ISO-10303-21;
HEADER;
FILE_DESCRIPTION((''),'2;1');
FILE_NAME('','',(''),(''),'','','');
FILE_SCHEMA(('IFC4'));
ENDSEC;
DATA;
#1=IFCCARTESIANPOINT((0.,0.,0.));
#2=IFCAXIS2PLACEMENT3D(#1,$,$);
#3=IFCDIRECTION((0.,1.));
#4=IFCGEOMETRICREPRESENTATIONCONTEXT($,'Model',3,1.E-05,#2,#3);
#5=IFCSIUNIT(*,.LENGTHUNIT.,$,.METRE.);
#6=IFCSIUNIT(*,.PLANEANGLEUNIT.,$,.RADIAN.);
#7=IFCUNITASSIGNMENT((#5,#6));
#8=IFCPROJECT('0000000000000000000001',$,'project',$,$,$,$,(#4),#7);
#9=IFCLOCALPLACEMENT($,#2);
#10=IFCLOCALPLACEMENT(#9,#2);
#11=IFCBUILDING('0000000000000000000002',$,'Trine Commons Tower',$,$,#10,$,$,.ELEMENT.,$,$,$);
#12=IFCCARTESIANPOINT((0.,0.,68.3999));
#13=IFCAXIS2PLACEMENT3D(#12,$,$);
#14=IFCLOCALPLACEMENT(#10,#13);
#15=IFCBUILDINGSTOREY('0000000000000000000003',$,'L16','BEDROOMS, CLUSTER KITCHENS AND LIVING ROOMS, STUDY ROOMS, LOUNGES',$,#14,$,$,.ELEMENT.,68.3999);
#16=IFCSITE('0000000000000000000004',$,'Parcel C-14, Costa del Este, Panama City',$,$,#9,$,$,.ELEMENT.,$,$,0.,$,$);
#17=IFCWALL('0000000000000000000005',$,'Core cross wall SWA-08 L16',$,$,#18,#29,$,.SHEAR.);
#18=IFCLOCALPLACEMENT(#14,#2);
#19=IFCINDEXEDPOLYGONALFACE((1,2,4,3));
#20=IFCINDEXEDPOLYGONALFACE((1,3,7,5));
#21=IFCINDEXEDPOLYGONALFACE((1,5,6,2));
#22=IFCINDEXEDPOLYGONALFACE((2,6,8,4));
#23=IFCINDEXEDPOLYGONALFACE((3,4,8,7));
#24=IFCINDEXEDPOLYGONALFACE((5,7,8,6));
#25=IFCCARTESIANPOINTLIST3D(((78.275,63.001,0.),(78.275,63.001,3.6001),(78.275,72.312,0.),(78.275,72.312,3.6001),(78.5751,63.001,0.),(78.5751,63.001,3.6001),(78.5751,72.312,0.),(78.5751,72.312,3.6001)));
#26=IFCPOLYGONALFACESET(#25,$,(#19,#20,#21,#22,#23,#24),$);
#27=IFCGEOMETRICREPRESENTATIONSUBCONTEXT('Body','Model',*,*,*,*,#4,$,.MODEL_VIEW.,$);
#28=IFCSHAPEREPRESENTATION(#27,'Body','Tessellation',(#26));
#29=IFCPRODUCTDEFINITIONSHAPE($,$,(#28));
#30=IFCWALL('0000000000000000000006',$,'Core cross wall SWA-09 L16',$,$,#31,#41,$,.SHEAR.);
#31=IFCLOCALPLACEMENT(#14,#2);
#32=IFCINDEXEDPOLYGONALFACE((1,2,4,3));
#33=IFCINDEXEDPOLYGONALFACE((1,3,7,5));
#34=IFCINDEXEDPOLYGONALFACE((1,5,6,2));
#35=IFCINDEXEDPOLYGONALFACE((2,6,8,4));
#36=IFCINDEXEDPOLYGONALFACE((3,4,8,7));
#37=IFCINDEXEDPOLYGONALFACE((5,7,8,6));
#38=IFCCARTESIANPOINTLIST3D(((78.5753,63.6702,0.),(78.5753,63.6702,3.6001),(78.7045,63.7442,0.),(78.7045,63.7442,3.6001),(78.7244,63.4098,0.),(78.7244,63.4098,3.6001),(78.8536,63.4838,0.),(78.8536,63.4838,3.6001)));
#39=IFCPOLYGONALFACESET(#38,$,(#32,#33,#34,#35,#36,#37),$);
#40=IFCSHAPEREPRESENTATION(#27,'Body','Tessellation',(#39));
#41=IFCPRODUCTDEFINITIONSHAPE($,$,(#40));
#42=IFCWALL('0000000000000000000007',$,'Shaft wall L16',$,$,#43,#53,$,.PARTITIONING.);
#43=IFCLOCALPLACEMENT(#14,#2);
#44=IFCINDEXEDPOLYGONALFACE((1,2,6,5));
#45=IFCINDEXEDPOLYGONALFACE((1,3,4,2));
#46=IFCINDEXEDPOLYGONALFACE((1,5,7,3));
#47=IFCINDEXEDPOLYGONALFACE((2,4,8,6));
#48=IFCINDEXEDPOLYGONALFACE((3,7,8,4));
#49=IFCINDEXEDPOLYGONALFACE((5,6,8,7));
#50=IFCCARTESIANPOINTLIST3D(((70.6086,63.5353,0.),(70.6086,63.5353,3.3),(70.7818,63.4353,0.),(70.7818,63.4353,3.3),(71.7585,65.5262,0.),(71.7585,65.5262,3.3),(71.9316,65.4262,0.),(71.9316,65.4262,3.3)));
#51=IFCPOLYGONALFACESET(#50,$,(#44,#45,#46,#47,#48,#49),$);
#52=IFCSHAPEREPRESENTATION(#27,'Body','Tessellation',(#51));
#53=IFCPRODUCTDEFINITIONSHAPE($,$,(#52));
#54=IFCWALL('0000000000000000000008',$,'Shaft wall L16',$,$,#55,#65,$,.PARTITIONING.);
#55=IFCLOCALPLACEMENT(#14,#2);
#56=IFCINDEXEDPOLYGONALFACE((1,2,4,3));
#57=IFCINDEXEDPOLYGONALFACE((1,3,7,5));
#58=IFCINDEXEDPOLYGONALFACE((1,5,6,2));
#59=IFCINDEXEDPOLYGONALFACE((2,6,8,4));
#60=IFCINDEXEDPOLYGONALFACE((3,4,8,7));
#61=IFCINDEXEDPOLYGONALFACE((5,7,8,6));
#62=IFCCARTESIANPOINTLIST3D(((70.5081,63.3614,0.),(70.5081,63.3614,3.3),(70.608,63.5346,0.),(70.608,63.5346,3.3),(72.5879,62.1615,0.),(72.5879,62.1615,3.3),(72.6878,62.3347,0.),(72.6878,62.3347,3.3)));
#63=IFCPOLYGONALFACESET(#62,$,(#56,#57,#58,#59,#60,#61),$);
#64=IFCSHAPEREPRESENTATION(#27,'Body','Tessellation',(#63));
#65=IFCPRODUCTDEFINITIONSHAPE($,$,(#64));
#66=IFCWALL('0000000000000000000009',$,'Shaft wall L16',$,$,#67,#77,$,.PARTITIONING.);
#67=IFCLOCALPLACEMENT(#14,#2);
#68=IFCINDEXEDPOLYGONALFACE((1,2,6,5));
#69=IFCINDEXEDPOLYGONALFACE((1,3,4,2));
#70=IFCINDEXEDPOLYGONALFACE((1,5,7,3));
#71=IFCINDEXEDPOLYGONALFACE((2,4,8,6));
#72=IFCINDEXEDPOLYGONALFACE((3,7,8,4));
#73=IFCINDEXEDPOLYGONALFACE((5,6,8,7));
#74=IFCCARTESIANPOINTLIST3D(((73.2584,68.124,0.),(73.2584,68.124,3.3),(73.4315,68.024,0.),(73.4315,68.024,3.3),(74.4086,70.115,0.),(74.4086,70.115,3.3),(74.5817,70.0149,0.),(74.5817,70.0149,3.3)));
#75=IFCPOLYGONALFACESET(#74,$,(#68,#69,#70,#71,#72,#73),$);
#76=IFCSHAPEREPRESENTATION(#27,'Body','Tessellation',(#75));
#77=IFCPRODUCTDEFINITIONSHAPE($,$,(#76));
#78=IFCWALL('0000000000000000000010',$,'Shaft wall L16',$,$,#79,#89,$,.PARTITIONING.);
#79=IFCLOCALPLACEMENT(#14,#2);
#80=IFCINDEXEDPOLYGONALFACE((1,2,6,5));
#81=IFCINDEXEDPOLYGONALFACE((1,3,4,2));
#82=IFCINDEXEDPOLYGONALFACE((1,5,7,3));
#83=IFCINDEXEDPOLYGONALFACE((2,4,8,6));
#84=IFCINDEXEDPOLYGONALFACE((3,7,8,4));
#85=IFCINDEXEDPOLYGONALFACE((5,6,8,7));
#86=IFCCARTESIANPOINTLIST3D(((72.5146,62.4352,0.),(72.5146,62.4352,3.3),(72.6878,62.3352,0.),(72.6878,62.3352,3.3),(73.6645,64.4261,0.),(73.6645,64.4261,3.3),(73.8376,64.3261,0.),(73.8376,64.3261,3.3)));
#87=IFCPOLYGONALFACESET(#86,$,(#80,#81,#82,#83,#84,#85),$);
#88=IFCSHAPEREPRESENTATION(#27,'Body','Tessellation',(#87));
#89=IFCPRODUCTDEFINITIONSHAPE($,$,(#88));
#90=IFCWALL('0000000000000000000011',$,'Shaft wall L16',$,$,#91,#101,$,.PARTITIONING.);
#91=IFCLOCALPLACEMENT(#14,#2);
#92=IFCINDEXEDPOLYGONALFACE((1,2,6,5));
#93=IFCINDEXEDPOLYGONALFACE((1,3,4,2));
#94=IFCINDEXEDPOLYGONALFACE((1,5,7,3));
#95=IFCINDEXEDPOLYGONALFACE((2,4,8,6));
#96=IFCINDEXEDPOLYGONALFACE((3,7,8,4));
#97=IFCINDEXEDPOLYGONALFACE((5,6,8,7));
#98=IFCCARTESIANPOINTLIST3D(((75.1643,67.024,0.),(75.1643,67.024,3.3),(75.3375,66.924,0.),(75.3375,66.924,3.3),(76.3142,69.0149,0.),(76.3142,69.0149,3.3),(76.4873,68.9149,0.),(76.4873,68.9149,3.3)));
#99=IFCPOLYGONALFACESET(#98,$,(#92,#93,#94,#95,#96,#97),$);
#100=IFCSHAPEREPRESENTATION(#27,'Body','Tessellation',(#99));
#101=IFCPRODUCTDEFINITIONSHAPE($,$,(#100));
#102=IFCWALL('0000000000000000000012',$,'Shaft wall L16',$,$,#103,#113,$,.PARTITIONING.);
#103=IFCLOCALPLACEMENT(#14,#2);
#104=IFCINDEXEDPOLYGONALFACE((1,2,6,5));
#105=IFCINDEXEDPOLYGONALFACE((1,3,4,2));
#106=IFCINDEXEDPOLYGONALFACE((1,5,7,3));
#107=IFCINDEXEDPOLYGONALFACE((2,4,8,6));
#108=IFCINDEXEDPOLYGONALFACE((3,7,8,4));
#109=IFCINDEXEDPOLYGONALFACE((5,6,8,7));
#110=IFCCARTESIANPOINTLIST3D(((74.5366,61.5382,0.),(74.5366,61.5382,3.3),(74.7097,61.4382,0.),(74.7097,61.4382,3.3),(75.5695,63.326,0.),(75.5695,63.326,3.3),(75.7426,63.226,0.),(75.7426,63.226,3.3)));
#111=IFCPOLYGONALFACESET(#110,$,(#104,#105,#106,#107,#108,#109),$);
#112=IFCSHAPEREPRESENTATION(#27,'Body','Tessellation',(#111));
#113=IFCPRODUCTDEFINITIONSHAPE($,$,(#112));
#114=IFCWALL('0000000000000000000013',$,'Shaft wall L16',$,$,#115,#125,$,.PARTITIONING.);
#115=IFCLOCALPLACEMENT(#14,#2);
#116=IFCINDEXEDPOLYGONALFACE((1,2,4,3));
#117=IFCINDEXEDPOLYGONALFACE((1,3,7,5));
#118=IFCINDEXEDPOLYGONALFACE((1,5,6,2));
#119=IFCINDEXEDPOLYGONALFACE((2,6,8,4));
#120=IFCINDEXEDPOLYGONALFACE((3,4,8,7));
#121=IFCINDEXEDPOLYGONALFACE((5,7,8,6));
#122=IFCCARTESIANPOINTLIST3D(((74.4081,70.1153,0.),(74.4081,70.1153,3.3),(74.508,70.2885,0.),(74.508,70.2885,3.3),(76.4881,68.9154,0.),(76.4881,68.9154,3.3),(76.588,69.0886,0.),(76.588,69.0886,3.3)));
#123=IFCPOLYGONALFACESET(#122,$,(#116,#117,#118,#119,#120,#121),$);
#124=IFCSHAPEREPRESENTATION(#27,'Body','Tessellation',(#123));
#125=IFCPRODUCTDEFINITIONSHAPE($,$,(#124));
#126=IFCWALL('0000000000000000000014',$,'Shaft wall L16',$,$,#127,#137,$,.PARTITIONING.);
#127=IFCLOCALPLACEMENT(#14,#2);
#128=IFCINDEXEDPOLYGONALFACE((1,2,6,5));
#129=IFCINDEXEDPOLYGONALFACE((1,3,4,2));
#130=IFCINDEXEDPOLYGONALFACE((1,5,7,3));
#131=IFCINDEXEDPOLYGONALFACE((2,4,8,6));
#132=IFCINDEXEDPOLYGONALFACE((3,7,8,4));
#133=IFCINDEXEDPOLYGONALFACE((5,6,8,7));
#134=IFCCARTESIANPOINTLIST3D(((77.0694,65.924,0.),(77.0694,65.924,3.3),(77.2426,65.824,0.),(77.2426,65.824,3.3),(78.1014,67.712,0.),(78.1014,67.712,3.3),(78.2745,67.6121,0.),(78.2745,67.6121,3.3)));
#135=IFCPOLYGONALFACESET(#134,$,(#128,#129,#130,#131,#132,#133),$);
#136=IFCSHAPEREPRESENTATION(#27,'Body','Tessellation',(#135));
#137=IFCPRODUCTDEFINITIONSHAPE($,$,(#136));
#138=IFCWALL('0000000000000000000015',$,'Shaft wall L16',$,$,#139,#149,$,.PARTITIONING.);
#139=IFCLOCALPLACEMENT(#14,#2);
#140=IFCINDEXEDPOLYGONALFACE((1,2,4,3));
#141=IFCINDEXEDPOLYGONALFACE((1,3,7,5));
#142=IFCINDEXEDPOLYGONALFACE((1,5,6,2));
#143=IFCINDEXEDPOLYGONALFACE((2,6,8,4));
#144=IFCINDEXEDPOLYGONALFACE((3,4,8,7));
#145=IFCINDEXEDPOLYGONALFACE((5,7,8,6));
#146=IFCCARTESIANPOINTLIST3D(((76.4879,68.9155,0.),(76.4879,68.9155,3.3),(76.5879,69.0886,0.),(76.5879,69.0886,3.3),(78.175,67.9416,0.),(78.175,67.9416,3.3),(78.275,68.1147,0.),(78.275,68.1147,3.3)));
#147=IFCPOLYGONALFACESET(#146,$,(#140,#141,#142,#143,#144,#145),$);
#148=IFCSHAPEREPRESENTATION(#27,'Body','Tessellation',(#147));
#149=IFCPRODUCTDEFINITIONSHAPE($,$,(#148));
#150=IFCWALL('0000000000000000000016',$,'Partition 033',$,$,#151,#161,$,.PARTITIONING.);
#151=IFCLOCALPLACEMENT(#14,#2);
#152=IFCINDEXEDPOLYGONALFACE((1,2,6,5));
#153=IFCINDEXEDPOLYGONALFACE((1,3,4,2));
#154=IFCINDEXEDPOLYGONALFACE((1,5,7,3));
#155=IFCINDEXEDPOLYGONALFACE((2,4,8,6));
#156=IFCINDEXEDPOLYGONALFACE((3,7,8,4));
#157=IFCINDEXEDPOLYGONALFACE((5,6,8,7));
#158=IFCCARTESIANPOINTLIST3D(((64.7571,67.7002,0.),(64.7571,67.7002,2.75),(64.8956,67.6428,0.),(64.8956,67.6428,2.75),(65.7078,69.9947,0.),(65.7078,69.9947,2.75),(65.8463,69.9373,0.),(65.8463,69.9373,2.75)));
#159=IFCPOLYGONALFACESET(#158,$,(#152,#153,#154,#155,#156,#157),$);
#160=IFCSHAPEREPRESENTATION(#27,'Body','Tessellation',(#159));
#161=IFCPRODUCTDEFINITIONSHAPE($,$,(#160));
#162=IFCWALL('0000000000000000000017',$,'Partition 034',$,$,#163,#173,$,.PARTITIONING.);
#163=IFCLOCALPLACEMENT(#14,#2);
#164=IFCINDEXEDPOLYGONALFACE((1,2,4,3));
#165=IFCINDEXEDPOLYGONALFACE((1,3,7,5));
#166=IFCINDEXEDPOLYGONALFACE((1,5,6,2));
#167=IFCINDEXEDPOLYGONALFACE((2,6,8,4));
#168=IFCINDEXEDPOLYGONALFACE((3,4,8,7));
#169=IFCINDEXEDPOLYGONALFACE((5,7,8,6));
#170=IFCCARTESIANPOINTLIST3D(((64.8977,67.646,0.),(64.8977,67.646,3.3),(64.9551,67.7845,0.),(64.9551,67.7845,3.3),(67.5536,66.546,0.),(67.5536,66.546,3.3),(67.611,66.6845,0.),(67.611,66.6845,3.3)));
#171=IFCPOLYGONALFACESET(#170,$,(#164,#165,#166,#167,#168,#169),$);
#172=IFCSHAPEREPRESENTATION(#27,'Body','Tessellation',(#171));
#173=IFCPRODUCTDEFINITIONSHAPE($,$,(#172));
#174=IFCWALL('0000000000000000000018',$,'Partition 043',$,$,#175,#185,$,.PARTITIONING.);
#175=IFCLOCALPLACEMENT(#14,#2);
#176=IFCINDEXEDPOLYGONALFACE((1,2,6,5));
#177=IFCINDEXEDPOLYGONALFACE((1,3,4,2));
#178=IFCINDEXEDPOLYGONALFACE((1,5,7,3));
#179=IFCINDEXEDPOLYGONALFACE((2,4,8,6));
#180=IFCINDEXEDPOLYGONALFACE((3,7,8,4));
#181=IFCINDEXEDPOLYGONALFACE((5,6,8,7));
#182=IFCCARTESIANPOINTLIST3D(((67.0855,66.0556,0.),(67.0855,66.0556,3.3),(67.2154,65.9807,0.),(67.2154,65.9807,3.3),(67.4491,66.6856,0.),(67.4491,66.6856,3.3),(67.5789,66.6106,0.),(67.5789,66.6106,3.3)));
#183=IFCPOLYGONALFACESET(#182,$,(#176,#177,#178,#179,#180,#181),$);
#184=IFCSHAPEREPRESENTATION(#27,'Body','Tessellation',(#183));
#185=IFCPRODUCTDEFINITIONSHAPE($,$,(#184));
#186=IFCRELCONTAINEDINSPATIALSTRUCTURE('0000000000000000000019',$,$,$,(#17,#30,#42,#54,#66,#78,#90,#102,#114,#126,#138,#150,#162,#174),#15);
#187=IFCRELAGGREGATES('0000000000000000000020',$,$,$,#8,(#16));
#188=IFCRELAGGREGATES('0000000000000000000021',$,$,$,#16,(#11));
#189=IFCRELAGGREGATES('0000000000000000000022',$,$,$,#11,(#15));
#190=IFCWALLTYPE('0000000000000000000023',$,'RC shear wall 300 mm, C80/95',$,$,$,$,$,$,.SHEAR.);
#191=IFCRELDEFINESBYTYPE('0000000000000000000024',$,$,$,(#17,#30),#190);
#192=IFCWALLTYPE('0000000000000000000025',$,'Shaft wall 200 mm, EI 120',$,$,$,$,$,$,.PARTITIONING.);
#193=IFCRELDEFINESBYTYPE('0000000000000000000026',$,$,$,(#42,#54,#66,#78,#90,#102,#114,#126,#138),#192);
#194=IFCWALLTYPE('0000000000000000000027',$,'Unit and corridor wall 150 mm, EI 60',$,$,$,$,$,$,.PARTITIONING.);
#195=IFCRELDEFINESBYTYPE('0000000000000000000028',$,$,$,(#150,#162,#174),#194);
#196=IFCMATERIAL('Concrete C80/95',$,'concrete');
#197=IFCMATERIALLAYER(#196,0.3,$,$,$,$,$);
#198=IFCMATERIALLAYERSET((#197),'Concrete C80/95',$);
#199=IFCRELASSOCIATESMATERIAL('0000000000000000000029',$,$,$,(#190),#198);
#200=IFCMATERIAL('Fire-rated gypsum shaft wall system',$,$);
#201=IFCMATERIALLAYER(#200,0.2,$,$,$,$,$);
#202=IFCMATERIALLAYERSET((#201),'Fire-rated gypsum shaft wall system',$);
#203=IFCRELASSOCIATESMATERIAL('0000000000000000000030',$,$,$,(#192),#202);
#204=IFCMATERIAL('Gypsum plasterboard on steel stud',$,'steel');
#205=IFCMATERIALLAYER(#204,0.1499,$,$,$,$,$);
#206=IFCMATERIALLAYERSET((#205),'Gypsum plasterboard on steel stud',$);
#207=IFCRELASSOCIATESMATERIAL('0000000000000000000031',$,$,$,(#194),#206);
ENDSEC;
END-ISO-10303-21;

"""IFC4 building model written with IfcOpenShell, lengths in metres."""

from ifc_helpers import new_model, si_unit, direction, frame, frame_2d, origin, place, context, subcontext, project, spatial, rectangle, extrude, material, layer, layer_set, type_object, element, save


model = new_model("IFC4")

# Units and contexts
model_context = context("Model", 3, precision=1e-05, world=origin(), true_north=direction((0.0, 1.0)))
body_context = subcontext(model_context, "Body", "Model", "MODEL_VIEW")
ifc_project = project(units=[si_unit("LENGTHUNIT", "METRE"), si_unit("PLANEANGLEUNIT", "RADIAN")], contexts=[model_context])

# Site, building, storey
site_placement = place(None, origin())
site = spatial("IfcSite", under=ifc_project, at=site_placement, Name="Parcel C-14, Costa del Este, Panama City", CompositionType="ELEMENT", RefElevation=0.0)
building_placement = place(site_placement, origin())
building = spatial("IfcBuilding", under=site, at=building_placement, Name="Trine Commons Tower", CompositionType="ELEMENT")
storey_placement = place(building_placement, frame((0.0, 0.0, 68.3999)))
storey = spatial("IfcBuildingStorey", under=building, at=storey_placement, Name="L16", Description="BEDROOMS, CLUSTER KITCHENS AND LIVING ROOMS, STUDY ROOMS, LOUNGES", CompositionType="ELEMENT", Elevation=68.3999)

# Shared definitions
ifc_material_1 = material(Name="Fire-rated gypsum shaft wall system")
ifc_material_2 = material(Name="Concrete C80/95", Category="concrete")
ifc_layer_1 = layer(ifc_material_2, 0.3)
ifc_layer_set_1 = layer_set([ifc_layer_1], Name="Concrete C80/95")
wall_type_1 = type_object("IfcWallType", Name="RC shear wall 300 mm, C80/95", PredefinedType="SHEAR", material=ifc_layer_set_1)

# Walls
wall_1_placement = place(storey_placement, frame((78.425, 63.001, 0.0), z_axis=(0.0, 0.0, 1.0), x_axis=(0.0, 1.0, 0.0)))
element("IfcWall", 1, at=wall_1_placement, inside=storey, type_object=wall_type_1, Name="Core cross wall SWA-08 L16", PredefinedType="SHEAR", context=body_context, shape_type="SweptSolid", body=[
    extrude(rectangle(XDim=9.311, YDim=0.3, at=frame_2d((4.6555, 0.0))), origin(), (0.0, 0.0, 1.0), 3.6001),
])
wall_2_placement = place(storey_placement, frame((78.7791, 63.614, 0.0), z_axis=(0.0, 0.0, 1.0), x_axis=(-0.867738, -0.497022, 0.0)))
element("IfcWall", 2, at=wall_2_placement, inside=storey, type_object=wall_type_1, Name="Core cross wall SWA-09 L16", PredefinedType="SHEAR", context=body_context, shape_type="SweptSolid", body=[
    extrude(rectangle(XDim=0.1489, YDim=0.3, at=frame_2d((0.0745, 0.0))), origin(), (0.0, 0.0, 1.0), 3.6001),
])
ifc_layer_2 = layer(ifc_material_1, 0.2)
ifc_layer_set_2 = layer_set([ifc_layer_2], Name="Fire-rated gypsum shaft wall system")
wall_type_2 = type_object("IfcWallType", Name="Shaft wall 200 mm, EI 120", PredefinedType="PARTITIONING", material=ifc_layer_set_2)
wall_3_placement = place(storey_placement, frame((71.845, 65.4761, 0.0), z_axis=(0.0, 0.0, 1.0), x_axis=(-0.500136, -0.865947, 0.0)))
element("IfcWall", 3, at=wall_3_placement, inside=storey, type_object=wall_type_2, Name="Shaft wall L16", PredefinedType="PARTITIONING", context=body_context, shape_type="SweptSolid", body=[
    extrude(rectangle(XDim=2.2991, YDim=0.2, at=frame_2d((1.1494, 0.0))), origin(), (0.0, 0.0, 1.0), 3.3),
])
wall_4_placement = place(storey_placement, frame((72.6379, 62.248, 0.0), z_axis=(0.0, 0.0, 1.0), x_axis=(-0.866177, 0.499737, 0.0)))
element("IfcWall", 4, at=wall_4_placement, inside=storey, type_object=wall_type_2, Name="Shaft wall L16", PredefinedType="PARTITIONING", context=body_context, shape_type="SweptSolid", body=[
    extrude(rectangle(XDim=2.4011, YDim=0.2, at=frame_2d((1.2007, 0.0))), origin(), (0.0, 0.0, 1.0), 3.3),
])
wall_5_placement = place(storey_placement, frame((73.345, 68.074, 0.0), z_axis=(0.0, 0.0, 1.0), x_axis=(0.500216, 0.865901, 0.0)))
element("IfcWall", 5, at=wall_5_placement, inside=storey, type_object=wall_type_2, Name="Shaft wall L16", PredefinedType="PARTITIONING", context=body_context, shape_type="SweptSolid", body=[
    extrude(rectangle(XDim=2.2993, YDim=0.2, at=frame_2d((1.1497, 0.0))), origin(), (0.0, 0.0, 1.0), 3.3),
])
for number, where, z_axis, x_axis, name in (
    (6, (73.751, 64.376, 0.0), (0.0, 0.0, 1.0), (-0.500136, -0.865947, 0.0), "Shaft wall L16"),
    (7, (75.251, 66.9741, 0.0), (0.0, 0.0, 1.0), (0.500136, 0.865947, 0.0), "Shaft wall L16"),
):
    element("IfcWall", number, at=place(storey_placement, frame(where, z_axis=z_axis, x_axis=x_axis)), inside=storey, type_object=wall_type_2, Name=name, PredefinedType="PARTITIONING", context=body_context, shape_type="SweptSolid", body=[
        extrude(rectangle(XDim=2.2991, YDim=0.2, at=frame_2d((1.1494, 0.0))), origin(), (0.0, 0.0, 1.0), 3.3),
    ])
wall_6_placement = place(storey_placement, frame((75.656, 63.2759, 0.0), z_axis=(0.0, 0.0, 1.0), x_axis=(-0.500272, -0.865868, 0.0)))
element("IfcWall", 8, at=wall_6_placement, inside=storey, type_object=wall_type_2, Name="Shaft wall L16", PredefinedType="PARTITIONING", context=body_context, shape_type="SweptSolid", body=[
    extrude(rectangle(XDim=2.0647, YDim=0.2, at=frame_2d((1.0322, 0.0))), origin(), (0.0, 0.0, 1.0), 3.3),
])
wall_7_placement = place(storey_placement, frame((76.5381, 69.002, 0.0), z_axis=(0.0, 0.0, 1.0), x_axis=(-0.866203, 0.499693, 0.0)))
element("IfcWall", 9, at=wall_7_placement, inside=storey, type_object=wall_type_2, Name="Shaft wall L16", PredefinedType="PARTITIONING", context=body_context, shape_type="SweptSolid", body=[
    extrude(rectangle(XDim=2.4014, YDim=0.2, at=frame_2d((1.2007, 0.0))), origin(), (0.0, 0.0, 1.0), 3.3),
])
wall_8_placement = place(storey_placement, frame((77.156, 65.874, 0.0), z_axis=(0.0, 0.0, 1.0), x_axis=(0.499866, 0.866103, 0.0)))
element("IfcWall", 10, at=wall_8_placement, inside=storey, type_object=wall_type_2, Name="Shaft wall L16", PredefinedType="PARTITIONING", context=body_context, shape_type="SweptSolid", body=[
    extrude(rectangle(XDim=2.0645, YDim=0.2, at=frame_2d((1.0322, 0.0))), origin(), (0.0, 0.0, 1.0), 3.3),
])
wall_9_placement = place(storey_placement, frame((78.2251, 68.0281, 0.0), z_axis=(0.0, 0.0, 1.0), x_axis=(-0.866052, 0.499954, 0.0)))
element("IfcWall", 11, at=wall_9_placement, inside=storey, type_object=wall_type_2, Name="Shaft wall L16", PredefinedType="PARTITIONING", context=body_context, shape_type="SweptSolid", body=[
    extrude(rectangle(XDim=1.948, YDim=0.2, at=frame_2d((0.9741, 0.0))), origin(), (0.0, 0.0, 1.0), 3.3),
])
ifc_material_3 = material(Name="Gypsum plasterboard on steel stud", Category="steel")
ifc_layer_3 = layer(ifc_material_3, 0.1499)
ifc_layer_set_3 = layer_set([ifc_layer_3], Name="Gypsum plasterboard on steel stud")
wall_type_3 = type_object("IfcWallType", Name="Unit and corridor wall 150 mm, EI 60", PredefinedType="PARTITIONING", material=ifc_layer_set_3)
wall_10_placement = place(storey_placement, frame((64.8264, 67.6716, 0.0), z_axis=(0.0, 0.0, 1.0), x_axis=(0.382786, 0.923837, 0.0)))
element("IfcWall", 12, at=wall_10_placement, inside=storey, type_object=wall_type_3, Name="Partition 033", PredefinedType="PARTITIONING", context=body_context, shape_type="SweptSolid", body=[
    extrude(rectangle(XDim=2.4836, YDim=0.1499, at=frame_2d((1.2417, 0.0))), origin(), (0.0, 0.0, 1.0), 2.75),
])
wall_11_placement = place(storey_placement, frame((64.9263, 67.7153, 0.0), z_axis=(0.0, 0.0, 1.0), x_axis=(0.923886, -0.382667, 0.0)))
element("IfcWall", 13, at=wall_11_placement, inside=storey, type_object=wall_type_3, Name="Partition 034", PredefinedType="PARTITIONING", context=body_context, shape_type="SweptSolid", body=[
    extrude(rectangle(XDim=2.8748, YDim=0.1499, at=frame_2d((1.4375, 0.0))), origin(), (0.0, 0.0, 1.0), 3.3),
])
wall_12_placement = place(storey_placement, frame((67.1504, 66.0181, 0.0), z_axis=(0.0, 0.0, 1.0), x_axis=(0.499858, 0.866107, 0.0)))
element("IfcWall", 14, at=wall_12_placement, inside=storey, type_object=wall_type_3, Name="Partition 043", PredefinedType="PARTITIONING", context=body_context, shape_type="SweptSolid", body=[
    extrude(rectangle(XDim=0.7273, YDim=0.1499, at=frame_2d((0.3638, 0.0))), origin(), (0.0, 0.0, 1.0), 3.3),
])

save(model, "model.ifc")
